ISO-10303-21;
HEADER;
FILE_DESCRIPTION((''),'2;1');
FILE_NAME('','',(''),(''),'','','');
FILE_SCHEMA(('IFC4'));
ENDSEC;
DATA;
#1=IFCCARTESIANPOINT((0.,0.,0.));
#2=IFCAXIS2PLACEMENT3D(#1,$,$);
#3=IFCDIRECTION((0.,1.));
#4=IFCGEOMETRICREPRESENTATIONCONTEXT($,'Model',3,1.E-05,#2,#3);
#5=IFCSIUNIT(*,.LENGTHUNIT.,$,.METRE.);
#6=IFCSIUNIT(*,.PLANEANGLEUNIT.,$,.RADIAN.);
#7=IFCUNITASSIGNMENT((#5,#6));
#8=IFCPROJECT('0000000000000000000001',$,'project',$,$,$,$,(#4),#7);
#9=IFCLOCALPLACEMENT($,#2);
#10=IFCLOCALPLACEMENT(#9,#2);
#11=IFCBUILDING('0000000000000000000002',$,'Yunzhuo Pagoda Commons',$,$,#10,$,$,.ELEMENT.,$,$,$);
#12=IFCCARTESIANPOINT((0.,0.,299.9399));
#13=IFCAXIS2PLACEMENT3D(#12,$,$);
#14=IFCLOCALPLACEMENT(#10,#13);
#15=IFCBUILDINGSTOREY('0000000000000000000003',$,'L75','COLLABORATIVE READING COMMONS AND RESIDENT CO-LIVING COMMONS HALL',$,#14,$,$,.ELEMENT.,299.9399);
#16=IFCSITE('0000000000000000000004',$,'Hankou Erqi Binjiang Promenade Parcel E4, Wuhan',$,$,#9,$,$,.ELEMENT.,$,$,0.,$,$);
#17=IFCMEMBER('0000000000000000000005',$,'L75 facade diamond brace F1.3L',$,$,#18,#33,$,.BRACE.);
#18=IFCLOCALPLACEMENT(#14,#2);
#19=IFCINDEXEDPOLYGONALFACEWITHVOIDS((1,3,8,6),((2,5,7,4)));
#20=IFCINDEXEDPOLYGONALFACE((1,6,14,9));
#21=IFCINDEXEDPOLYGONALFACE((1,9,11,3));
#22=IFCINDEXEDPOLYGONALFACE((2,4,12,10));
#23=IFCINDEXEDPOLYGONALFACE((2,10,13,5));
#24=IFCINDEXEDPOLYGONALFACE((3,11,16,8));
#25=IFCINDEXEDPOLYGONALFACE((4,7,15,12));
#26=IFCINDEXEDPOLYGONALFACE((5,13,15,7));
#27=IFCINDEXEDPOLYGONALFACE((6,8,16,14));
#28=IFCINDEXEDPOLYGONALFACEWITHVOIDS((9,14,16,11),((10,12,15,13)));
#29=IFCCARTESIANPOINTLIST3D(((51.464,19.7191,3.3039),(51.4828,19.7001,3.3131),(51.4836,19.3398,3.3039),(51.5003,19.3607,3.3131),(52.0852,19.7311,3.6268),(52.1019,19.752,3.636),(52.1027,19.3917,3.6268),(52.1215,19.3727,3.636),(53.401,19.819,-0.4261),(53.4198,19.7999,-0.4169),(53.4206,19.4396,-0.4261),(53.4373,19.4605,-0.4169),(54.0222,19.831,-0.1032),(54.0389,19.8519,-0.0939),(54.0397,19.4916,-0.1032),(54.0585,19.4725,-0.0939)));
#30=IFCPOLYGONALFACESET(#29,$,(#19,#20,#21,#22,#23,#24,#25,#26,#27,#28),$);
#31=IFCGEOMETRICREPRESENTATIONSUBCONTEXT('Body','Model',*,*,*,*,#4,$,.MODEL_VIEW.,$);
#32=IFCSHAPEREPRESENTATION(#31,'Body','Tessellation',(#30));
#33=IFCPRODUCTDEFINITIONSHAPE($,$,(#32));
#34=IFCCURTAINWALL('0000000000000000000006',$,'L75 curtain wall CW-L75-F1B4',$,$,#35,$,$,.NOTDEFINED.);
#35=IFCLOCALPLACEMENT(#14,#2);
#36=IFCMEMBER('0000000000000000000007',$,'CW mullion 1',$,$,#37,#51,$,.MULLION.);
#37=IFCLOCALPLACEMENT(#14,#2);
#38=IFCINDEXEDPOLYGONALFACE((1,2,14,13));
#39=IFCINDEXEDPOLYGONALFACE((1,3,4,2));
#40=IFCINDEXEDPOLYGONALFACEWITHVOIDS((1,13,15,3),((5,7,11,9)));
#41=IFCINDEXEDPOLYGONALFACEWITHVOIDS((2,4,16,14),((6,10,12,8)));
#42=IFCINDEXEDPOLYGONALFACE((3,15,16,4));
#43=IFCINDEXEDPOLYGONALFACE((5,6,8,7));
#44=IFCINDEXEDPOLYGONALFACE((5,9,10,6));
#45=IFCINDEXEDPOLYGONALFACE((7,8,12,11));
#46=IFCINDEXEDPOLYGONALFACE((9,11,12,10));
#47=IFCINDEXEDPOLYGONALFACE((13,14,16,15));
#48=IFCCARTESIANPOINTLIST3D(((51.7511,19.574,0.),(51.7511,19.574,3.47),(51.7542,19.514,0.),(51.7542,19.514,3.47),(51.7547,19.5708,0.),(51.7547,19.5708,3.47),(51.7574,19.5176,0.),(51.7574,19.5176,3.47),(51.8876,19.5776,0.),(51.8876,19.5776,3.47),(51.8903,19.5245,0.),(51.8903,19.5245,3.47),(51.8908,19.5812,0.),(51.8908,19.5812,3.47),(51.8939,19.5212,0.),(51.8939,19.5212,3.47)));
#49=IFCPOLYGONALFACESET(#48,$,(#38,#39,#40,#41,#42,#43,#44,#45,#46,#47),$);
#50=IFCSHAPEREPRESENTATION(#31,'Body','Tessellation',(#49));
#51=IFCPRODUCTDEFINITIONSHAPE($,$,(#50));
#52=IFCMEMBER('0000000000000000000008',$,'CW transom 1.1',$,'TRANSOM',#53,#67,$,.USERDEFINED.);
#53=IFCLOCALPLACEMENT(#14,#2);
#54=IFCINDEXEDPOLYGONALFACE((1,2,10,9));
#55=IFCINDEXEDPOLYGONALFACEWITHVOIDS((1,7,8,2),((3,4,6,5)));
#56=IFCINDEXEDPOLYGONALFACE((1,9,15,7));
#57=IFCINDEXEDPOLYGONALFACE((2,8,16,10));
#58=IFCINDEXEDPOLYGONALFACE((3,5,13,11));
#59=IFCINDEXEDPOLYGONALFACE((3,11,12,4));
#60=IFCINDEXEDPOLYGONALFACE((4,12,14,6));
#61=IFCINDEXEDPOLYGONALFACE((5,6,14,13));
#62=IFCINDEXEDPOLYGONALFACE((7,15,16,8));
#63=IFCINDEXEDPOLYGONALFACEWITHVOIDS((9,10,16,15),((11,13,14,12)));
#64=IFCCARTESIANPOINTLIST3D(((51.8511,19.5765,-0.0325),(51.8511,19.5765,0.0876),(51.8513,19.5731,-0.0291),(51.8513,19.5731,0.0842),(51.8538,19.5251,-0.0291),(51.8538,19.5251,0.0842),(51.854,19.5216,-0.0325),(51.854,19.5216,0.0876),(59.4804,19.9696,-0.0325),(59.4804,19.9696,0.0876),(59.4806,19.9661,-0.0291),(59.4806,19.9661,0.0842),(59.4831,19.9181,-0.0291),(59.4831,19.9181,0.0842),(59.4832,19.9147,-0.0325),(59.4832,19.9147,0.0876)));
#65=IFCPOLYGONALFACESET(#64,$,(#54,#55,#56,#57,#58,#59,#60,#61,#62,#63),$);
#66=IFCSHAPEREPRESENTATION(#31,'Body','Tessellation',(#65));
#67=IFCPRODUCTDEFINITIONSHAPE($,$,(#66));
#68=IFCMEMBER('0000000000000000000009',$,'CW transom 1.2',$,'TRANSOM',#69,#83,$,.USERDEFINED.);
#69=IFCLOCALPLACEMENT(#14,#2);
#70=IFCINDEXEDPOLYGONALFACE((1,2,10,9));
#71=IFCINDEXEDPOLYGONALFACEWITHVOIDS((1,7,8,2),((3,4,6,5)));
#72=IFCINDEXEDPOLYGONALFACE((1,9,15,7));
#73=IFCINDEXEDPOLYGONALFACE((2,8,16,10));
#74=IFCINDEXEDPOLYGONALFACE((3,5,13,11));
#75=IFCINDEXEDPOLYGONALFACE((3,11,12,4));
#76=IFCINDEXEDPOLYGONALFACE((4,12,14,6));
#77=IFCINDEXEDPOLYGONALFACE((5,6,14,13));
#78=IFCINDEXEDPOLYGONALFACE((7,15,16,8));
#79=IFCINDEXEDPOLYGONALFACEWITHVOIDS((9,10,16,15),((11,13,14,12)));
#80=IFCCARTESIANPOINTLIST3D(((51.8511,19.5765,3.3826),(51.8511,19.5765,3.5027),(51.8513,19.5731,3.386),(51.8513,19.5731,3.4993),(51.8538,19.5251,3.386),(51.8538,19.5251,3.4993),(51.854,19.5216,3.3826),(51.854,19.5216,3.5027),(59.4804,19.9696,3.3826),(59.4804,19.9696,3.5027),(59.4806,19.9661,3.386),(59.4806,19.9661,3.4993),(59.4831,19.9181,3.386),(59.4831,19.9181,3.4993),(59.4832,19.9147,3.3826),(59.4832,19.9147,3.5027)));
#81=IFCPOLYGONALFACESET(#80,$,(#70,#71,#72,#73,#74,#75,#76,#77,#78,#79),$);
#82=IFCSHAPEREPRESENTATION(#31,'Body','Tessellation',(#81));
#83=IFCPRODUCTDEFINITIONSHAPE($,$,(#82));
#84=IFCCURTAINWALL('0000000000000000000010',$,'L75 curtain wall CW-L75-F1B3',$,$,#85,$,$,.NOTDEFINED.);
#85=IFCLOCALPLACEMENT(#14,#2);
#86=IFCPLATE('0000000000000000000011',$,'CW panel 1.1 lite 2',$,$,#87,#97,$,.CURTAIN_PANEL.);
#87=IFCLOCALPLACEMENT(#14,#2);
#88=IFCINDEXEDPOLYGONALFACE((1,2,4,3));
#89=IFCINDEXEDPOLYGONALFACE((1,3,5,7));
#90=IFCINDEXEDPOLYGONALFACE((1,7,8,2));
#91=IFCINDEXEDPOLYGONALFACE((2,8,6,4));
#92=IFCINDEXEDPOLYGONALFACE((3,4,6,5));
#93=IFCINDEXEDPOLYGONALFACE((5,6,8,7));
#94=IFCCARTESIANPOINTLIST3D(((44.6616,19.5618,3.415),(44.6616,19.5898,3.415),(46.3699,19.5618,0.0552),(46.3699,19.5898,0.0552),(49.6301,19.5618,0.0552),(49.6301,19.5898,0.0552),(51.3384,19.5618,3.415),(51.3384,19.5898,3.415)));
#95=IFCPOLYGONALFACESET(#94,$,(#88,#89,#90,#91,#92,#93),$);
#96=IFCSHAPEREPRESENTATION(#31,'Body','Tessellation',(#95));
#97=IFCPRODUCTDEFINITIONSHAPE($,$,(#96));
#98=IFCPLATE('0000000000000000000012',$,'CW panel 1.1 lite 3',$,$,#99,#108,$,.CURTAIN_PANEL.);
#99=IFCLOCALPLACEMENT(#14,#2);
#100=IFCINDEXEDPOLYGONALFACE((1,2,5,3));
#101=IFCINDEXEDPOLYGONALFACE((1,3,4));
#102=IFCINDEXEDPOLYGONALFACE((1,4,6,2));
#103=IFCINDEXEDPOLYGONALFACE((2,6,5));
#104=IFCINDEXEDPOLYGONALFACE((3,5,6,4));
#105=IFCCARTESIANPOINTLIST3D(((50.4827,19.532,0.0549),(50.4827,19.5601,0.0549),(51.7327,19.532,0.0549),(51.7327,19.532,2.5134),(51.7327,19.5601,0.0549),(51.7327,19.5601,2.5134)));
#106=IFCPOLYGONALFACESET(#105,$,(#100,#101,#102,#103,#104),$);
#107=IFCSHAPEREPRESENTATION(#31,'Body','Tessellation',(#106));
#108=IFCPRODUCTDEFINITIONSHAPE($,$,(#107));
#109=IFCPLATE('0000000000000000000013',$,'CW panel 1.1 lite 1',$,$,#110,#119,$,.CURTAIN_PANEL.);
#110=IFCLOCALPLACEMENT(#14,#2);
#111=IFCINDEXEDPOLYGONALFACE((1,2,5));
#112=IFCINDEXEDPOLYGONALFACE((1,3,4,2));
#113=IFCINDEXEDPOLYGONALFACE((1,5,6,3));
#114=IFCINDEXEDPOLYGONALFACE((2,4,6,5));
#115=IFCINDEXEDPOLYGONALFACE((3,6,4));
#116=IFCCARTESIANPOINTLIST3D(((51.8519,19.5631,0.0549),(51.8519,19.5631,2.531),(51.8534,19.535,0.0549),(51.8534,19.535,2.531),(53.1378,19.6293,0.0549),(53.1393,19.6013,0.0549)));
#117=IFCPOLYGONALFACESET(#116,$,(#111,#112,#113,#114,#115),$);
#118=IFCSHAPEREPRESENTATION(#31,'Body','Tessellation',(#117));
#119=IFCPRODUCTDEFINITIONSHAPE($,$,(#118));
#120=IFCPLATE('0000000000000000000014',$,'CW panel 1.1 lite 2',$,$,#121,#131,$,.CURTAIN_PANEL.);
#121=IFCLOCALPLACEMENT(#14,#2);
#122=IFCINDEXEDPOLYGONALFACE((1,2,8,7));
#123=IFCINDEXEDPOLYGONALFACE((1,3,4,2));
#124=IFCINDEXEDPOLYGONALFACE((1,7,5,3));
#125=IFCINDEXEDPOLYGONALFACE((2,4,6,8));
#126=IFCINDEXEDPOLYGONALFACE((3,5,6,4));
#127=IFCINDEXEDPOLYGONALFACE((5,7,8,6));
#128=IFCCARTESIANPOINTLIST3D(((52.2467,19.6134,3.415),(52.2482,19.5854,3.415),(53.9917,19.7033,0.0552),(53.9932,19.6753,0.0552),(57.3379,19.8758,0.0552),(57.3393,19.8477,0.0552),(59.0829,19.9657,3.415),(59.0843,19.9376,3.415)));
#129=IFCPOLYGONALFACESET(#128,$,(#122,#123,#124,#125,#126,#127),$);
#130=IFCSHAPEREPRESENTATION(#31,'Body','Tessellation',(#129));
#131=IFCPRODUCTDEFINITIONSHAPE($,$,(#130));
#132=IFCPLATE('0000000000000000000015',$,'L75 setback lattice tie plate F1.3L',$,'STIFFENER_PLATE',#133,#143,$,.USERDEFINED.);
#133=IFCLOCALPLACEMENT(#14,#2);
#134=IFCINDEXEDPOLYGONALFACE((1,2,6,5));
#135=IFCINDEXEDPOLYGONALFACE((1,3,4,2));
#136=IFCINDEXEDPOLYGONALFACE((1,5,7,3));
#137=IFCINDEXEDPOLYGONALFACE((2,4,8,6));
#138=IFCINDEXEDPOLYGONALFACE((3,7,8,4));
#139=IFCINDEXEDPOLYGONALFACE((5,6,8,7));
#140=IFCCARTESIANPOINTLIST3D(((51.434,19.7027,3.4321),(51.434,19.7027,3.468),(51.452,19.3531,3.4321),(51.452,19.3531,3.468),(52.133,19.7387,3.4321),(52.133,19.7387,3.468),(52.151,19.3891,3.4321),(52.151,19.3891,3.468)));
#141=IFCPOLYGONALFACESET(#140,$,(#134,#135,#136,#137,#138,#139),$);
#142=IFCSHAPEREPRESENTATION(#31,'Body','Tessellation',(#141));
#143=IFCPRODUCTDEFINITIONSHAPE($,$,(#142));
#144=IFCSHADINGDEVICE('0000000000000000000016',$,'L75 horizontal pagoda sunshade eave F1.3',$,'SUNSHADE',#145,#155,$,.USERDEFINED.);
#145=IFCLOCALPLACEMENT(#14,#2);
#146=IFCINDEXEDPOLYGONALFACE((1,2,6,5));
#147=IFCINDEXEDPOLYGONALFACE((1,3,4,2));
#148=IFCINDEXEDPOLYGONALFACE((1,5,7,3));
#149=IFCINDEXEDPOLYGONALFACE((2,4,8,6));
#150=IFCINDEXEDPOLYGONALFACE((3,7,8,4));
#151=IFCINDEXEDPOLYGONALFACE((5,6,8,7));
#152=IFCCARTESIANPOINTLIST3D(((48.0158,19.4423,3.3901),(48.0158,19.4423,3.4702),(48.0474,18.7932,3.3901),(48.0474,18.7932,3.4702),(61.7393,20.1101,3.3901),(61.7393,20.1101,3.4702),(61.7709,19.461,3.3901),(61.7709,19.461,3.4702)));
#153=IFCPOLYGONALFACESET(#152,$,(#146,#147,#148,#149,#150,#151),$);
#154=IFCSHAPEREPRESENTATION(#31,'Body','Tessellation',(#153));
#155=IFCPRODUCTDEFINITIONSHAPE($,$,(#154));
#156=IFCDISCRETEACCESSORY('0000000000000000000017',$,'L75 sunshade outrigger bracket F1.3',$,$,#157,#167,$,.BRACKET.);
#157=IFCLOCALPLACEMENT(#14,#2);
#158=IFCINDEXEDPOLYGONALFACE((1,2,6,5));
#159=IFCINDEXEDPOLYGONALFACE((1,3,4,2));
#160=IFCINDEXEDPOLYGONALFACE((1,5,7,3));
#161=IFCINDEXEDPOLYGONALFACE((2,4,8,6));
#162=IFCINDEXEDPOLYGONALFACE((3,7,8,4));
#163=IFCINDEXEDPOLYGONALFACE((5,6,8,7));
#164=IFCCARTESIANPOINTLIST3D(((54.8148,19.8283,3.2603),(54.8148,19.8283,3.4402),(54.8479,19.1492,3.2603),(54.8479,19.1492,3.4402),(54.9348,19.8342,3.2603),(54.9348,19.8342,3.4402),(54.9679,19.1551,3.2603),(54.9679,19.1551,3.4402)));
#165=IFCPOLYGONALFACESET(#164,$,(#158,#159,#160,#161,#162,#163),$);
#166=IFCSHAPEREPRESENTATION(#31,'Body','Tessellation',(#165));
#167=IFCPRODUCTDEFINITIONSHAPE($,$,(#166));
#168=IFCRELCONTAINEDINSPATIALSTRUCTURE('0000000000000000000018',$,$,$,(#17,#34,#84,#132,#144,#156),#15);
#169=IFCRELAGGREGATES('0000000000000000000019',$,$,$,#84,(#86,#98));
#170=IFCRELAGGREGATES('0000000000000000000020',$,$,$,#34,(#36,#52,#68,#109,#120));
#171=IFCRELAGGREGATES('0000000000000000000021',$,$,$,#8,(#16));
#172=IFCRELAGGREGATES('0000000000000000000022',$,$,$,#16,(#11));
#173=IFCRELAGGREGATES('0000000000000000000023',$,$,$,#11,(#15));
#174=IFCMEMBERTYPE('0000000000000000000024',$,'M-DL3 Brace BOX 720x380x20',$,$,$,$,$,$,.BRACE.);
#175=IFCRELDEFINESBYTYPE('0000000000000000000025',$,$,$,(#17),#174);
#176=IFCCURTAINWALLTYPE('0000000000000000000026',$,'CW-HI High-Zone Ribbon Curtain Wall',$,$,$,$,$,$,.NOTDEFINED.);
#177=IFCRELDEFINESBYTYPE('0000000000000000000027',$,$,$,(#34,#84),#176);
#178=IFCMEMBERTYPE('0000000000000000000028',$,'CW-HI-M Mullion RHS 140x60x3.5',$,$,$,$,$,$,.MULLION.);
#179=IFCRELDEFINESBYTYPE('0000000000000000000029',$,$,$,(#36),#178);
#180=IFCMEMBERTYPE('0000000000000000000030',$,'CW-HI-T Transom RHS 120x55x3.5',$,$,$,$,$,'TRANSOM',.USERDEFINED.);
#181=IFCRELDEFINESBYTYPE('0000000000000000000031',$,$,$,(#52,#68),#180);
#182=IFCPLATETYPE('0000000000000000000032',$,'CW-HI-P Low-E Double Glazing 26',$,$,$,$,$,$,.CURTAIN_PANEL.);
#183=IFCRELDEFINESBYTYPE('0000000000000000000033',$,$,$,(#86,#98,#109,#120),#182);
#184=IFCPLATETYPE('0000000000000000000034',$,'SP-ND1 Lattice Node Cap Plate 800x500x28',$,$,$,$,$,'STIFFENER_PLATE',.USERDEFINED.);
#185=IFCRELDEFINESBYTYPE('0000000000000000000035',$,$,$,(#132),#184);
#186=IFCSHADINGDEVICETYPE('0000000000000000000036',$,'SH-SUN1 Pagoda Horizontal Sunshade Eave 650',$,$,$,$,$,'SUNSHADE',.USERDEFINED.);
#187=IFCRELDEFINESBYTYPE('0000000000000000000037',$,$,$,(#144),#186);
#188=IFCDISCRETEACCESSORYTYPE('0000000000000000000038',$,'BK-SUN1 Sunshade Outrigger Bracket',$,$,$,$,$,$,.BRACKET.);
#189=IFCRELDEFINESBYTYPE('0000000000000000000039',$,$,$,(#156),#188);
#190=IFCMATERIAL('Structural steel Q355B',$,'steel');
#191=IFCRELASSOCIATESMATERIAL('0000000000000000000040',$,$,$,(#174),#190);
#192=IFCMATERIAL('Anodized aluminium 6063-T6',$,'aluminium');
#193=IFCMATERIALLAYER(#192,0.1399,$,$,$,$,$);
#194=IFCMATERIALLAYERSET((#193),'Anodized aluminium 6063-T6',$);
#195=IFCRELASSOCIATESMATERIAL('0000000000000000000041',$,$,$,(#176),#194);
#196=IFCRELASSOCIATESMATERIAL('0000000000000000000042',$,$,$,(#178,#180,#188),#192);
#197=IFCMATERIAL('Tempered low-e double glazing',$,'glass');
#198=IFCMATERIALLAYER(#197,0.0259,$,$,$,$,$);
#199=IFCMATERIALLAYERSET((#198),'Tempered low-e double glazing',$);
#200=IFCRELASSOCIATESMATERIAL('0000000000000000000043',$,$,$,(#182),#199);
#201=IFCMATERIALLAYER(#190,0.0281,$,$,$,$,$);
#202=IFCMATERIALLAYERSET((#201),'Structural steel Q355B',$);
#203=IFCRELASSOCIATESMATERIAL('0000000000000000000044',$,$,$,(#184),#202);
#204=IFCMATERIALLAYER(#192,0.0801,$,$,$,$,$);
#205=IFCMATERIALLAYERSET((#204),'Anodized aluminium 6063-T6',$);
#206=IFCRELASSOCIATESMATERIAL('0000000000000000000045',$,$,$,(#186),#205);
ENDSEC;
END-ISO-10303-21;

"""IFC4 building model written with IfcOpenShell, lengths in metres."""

from ifc_helpers import new_model, si_unit, direction, frame, origin, origin_2d, place, context, subcontext, project, spatial, polyline, rectangle, hollow_rectangle, outline, extrude, source, transform, mapped, material, layer, layer_set, material_profile, profile_set, type_object, element, aggregate, save


model = new_model("IFC4")

# Units and contexts
model_context = context("Model", 3, precision=1e-05, world=origin(), true_north=direction((0.0, 1.0)))
body_context = subcontext(model_context, "Body", "Model", "MODEL_VIEW")
ifc_project = project(units=[si_unit("LENGTHUNIT", "METRE"), si_unit("PLANEANGLEUNIT", "RADIAN")], contexts=[model_context])

# Site, building, storey
site_placement = place(None, origin())
site = spatial("IfcSite", under=ifc_project, at=site_placement, Name="Hankou Erqi Binjiang Promenade Parcel E4, Wuhan", CompositionType="ELEMENT", RefElevation=0.0)
building_placement = place(site_placement, origin())
building = spatial("IfcBuilding", under=site, at=building_placement, Name="Yunzhuo Pagoda Commons", CompositionType="ELEMENT")
storey_placement = place(building_placement, frame((0.0, 0.0, 299.9399)))
storey = spatial("IfcBuildingStorey", under=building, at=storey_placement, Name="L75", Description="COLLABORATIVE READING COMMONS AND RESIDENT CO-LIVING COMMONS HALL", CompositionType="ELEMENT", Elevation=299.9399)

# Shared definitions
ifc_material_1 = material(Name="Structural steel Q355B", Category="steel")

# Member
ifc_material_profile_1 = material_profile(ifc_material_1, hollow_rectangle(XDim=0.3799, YDim=0.72, WallThickness=0.02, at=origin_2d()), Name="Structural steel Q355B")
ifc_profile_set_1 = profile_set([ifc_material_profile_1], Name="Structural steel Q355B")
member_type_1 = type_object("IfcMemberType", Name="M-DL3 Brace BOX 720x380x20", PredefinedType="BRACE", material=ifc_profile_set_1)
shared_shape_1 = source(origin(), body_context, "Body", "SweptSolid", [
    extrude(hollow_rectangle(XDim=0.3799, YDim=0.72, WallThickness=0.02, at=origin_2d()), origin(), (0.0, 0.0, 1.0), 4.2041),
])
member_1_placement = place(storey_placement, frame((53.7297, 19.6458, -0.26), z_axis=(-0.46074, -0.023751, 0.887217), x_axis=(0.051482, -0.998674, 0.0)))
element("IfcMember", 1, at=member_1_placement, inside=storey, type_object=member_type_1, Name="L75 facade diamond brace F1.3L", PredefinedType="BRACE", context=body_context, shape_type="MappedRepresentation", body=[
    mapped(shared_shape_1, transform((0.0, 0.0, 0.0), scale=1.0)),
])

# Curtain wall, members
ifc_material_2 = material(Name="Anodized aluminium 6063-T6", Category="aluminium")
ifc_layer_1 = layer(ifc_material_2, 0.1399)
ifc_layer_set_1 = layer_set([ifc_layer_1], Name="Anodized aluminium 6063-T6")
curtain_wall_type = type_object("IfcCurtainWallType", Name="CW-HI High-Zone Ribbon Curtain Wall", PredefinedType="NOTDEFINED", material=ifc_layer_set_1)
curtain_wall_1_placement = place(storey_placement, origin())
curtain_wall_1 = element("IfcCurtainWall", 2, at=curtain_wall_1_placement, inside=storey, type_object=curtain_wall_type, Name="L75 curtain wall CW-L75-F1B4", PredefinedType="NOTDEFINED")
ifc_material_profile_2 = material_profile(ifc_material_2, hollow_rectangle(XDim=0.0601, YDim=0.1399, WallThickness=0.0034, at=origin_2d()), Name="Anodized aluminium 6063-T6")
ifc_profile_set_2 = profile_set([ifc_material_profile_2], Name="Anodized aluminium 6063-T6")
member_type_2 = type_object("IfcMemberType", Name="CW-HI-M Mullion RHS 140x60x3.5", PredefinedType="MULLION", material=ifc_profile_set_2)
shared_shape_2 = source(origin(), body_context, "Body", "SweptSolid", [
    extrude(hollow_rectangle(XDim=0.0601, YDim=0.1399, WallThickness=0.0034, at=origin_2d()), origin(), (0.0, 0.0, 1.0), 3.47),
])
member_2_placement = place(storey_placement, frame((51.8225, 19.5476, 0.0), z_axis=(0.0, 0.0, 1.0), x_axis=(-0.051462, 0.998675, 0.0)))
member_2 = element("IfcMember", 3, at=member_2_placement, type_object=member_type_2, Name="CW mullion 1", PredefinedType="MULLION", context=body_context, shape_type="MappedRepresentation", body=[
    mapped(shared_shape_2, transform((0.0, 0.0, 0.0), scale=1.0)),
])
ifc_material_profile_3 = material_profile(ifc_material_2, hollow_rectangle(XDim=0.0549, YDim=0.1201, WallThickness=0.0034, at=origin_2d()), Name="Anodized aluminium 6063-T6")
ifc_profile_set_3 = profile_set([ifc_material_profile_3], Name="Anodized aluminium 6063-T6")
member_type_3 = type_object("IfcMemberType", Name="CW-HI-T Transom RHS 120x55x3.5", ElementType="TRANSOM", PredefinedType="USERDEFINED", material=ifc_profile_set_3)
shared_shape_3 = source(origin(), body_context, "Body", "SweptSolid", [
    extrude(hollow_rectangle(XDim=0.0549, YDim=0.1201, WallThickness=0.0034, at=origin_2d()), origin(), (0.0, 0.0, 1.0), 7.6394),
])
member_3_placement = place(storey_placement, frame((51.8525, 19.5491, 0.0276), z_axis=(0.998675, 0.051452, 0.0), x_axis=(-0.051452, 0.998675, 0.0)))
member_3 = element("IfcMember", 4, at=member_3_placement, type_object=member_type_3, Name="CW transom 1.1", ObjectType="TRANSOM", PredefinedType="USERDEFINED", context=body_context, shape_type="MappedRepresentation", body=[
    mapped(shared_shape_3, transform((0.0, 0.0, 0.0), scale=1.0)),
])
member_4_placement = place(storey_placement, frame((51.8525, 19.5491, 3.4426), z_axis=(0.998675, 0.051452, 0.0), x_axis=(-0.051452, 0.998675, 0.0)))
member_4 = element("IfcMember", 5, at=member_4_placement, type_object=member_type_3, Name="CW transom 1.2", ObjectType="TRANSOM", PredefinedType="USERDEFINED", context=body_context, shape_type="MappedRepresentation", body=[
    mapped(shared_shape_3, transform((0.0, 0.0, 0.0), scale=1.0)),
])

# Curtain wall, plates
curtain_wall_2_placement = place(storey_placement, origin())
curtain_wall_2 = element("IfcCurtainWall", 6, at=curtain_wall_2_placement, inside=storey, type_object=curtain_wall_type, Name="L75 curtain wall CW-L75-F1B3", PredefinedType="NOTDEFINED")
ifc_material_3 = material(Name="Tempered low-e double glazing", Category="glass")
ifc_layer_2 = layer(ifc_material_3, 0.0259)
ifc_layer_set_2 = layer_set([ifc_layer_2], Name="Tempered low-e double glazing")
plate_type_1 = type_object("IfcPlateType", Name="CW-HI-P Low-E Double Glazing 26", PredefinedType="CURTAIN_PANEL", material=ifc_layer_set_2)
plate_1_placement = place(storey_placement, frame((48.0, 19.5898, 1.7351), z_axis=(0.0, -1.0, 0.0), x_axis=(1.0, 0.0, 0.0)))
plate_1 = element("IfcPlate", 7, at=plate_1_placement, type_object=plate_type_1, Name="CW panel 1.1 lite 2", PredefinedType="CURTAIN_PANEL", context=body_context, shape_type="SweptSolid", body=[
    extrude(outline(polyline([(-3.3384, 1.6799), (-1.6301, -1.6799), (1.6301, -1.6799), (3.3384, 1.6799), (-3.3384, 1.6799)])), origin(), (0.0, 0.0, 1.0), 0.0281),
])
plate_2_placement = place(storey_placement, frame((51.1077, 19.5601, 1.2842), z_axis=(0.0, -1.0, 0.0), x_axis=(1.0, 0.0, 0.0)))
plate_2 = element("IfcPlate", 8, at=plate_2_placement, type_object=plate_type_1, Name="CW panel 1.1 lite 3", PredefinedType="CURTAIN_PANEL", context=body_context, shape_type="SweptSolid", body=[
    extrude(outline(polyline([(-0.625, -1.2292), (0.625, -1.2292), (0.625, 1.2292), (-0.625, -1.2292)])), origin(), (0.0, 0.0, 1.0), 0.0281),
])
aggregate(curtain_wall_2, [plate_1, plate_2])

# Plates
plate_3_placement = place(storey_placement, frame((52.4949, 19.5962, 1.293), z_axis=(0.051462, -0.998675, 0.0), x_axis=(0.998675, 0.051462, 0.0)))
plate_3 = element("IfcPlate", 9, at=plate_3_placement, type_object=plate_type_1, Name="CW panel 1.1 lite 1", PredefinedType="CURTAIN_PANEL", context=body_context, shape_type="SweptSolid", body=[
    extrude(outline(polyline([(-0.6438, -1.238), (0.6438, -1.238), (-0.6438, 1.238), (-0.6438, -1.238)])), origin(), (0.0, 0.0, 1.0), 0.0281),
])
plate_4_placement = place(storey_placement, frame((55.6648, 19.7896, 1.7351), z_axis=(0.051462, -0.998675, 0.0), x_axis=(0.998675, 0.051462, 0.0)))
plate_4 = element("IfcPlate", 10, at=plate_4_placement, type_object=plate_type_1, Name="CW panel 1.1 lite 2", PredefinedType="CURTAIN_PANEL", context=body_context, shape_type="SweptSolid", body=[
    extrude(outline(polyline([(-3.4226, 1.6799), (-1.6753, -1.6799), (1.6753, -1.6799), (3.4226, 1.6799), (-3.4226, 1.6799)])), origin(), (0.0, 0.0, 1.0), 0.0281),
])
aggregate(curtain_wall_1, [member_2, member_3, member_4, plate_3, plate_4])
ifc_layer_3 = layer(ifc_material_1, 0.0281)
ifc_layer_set_3 = layer_set([ifc_layer_3], Name="Structural steel Q355B")
plate_type_2 = type_object("IfcPlateType", Name="SP-ND1 Lattice Node Cap Plate 800x500x28", ElementType="STIFFENER_PLATE", PredefinedType="USERDEFINED", material=ifc_layer_set_3)
shared_shape_4 = source(origin(), body_context, "Body", "SweptSolid", [
    extrude(rectangle(XDim=0.7, YDim=0.3501, at=origin_2d()), origin(), (0.0, 0.0, 1.0), 0.0359),
])
plate_5_placement = place(storey_placement, frame((51.7925, 19.5459, 3.4321), z_axis=(0.0, 0.0, 1.0), x_axis=(0.998675, 0.051464, 0.0)))
element("IfcPlate", 11, at=plate_5_placement, inside=storey, type_object=plate_type_2, Name="L75 setback lattice tie plate F1.3L", ObjectType="STIFFENER_PLATE", PredefinedType="USERDEFINED", context=body_context, shape_type="MappedRepresentation", body=[
    mapped(shared_shape_4, transform((0.0, 0.0, 0.0), scale=1.0)),
])

# Shading device
ifc_layer_4 = layer(ifc_material_2, 0.0801)
ifc_layer_set_4 = layer_set([ifc_layer_4], Name="Anodized aluminium 6063-T6")
shading_device_type = type_object("IfcShadingDeviceType", Name="SH-SUN1 Pagoda Horizontal Sunshade Eave 650", ElementType="SUNSHADE", PredefinedType="USERDEFINED", material=ifc_layer_set_4)
shared_shape_5 = source(origin(), body_context, "Body", "SweptSolid", [
    extrude(rectangle(XDim=13.7397, YDim=0.6499, at=origin_2d()), origin(), (0.0, 0.0, 1.0), 0.0801),
])
shading_device_placement = place(storey_placement, frame((54.8933, 19.4517, 3.3901), z_axis=(0.0, 0.0, 1.0), x_axis=(0.998818, 0.048606, 0.0)))
element("IfcShadingDevice", 12, at=shading_device_placement, inside=storey, type_object=shading_device_type, Name="L75 horizontal pagoda sunshade eave F1.3", ObjectType="SUNSHADE", PredefinedType="USERDEFINED", context=body_context, shape_type="MappedRepresentation", body=[
    mapped(shared_shape_5, transform((0.0, 0.0, 0.0), scale=1.0)),
])

# Discrete accessory
discrete_accessory_type = type_object("IfcDiscreteAccessoryType", Name="BK-SUN1 Sunshade Outrigger Bracket", PredefinedType="BRACKET", material=ifc_material_2)
shared_shape_6 = source(origin(), body_context, "Body", "SweptSolid", [
    extrude(rectangle(XDim=0.1201, YDim=0.6799, at=origin_2d()), origin(), (0.0, 0.0, 1.0), 0.1799),
])
discrete_accessory_placement = place(storey_placement, frame((54.8914, 19.4917, 3.2603), z_axis=(0.0, 0.0, 1.0), x_axis=(0.998818, 0.048606, 0.0)))
element("IfcDiscreteAccessory", 13, at=discrete_accessory_placement, inside=storey, type_object=discrete_accessory_type, Name="L75 sunshade outrigger bracket F1.3", PredefinedType="BRACKET", context=body_context, shape_type="MappedRepresentation", body=[
    mapped(shared_shape_6, transform((0.0, 0.0, 0.0), scale=1.0)),
])

save(model, "model.ifc")
